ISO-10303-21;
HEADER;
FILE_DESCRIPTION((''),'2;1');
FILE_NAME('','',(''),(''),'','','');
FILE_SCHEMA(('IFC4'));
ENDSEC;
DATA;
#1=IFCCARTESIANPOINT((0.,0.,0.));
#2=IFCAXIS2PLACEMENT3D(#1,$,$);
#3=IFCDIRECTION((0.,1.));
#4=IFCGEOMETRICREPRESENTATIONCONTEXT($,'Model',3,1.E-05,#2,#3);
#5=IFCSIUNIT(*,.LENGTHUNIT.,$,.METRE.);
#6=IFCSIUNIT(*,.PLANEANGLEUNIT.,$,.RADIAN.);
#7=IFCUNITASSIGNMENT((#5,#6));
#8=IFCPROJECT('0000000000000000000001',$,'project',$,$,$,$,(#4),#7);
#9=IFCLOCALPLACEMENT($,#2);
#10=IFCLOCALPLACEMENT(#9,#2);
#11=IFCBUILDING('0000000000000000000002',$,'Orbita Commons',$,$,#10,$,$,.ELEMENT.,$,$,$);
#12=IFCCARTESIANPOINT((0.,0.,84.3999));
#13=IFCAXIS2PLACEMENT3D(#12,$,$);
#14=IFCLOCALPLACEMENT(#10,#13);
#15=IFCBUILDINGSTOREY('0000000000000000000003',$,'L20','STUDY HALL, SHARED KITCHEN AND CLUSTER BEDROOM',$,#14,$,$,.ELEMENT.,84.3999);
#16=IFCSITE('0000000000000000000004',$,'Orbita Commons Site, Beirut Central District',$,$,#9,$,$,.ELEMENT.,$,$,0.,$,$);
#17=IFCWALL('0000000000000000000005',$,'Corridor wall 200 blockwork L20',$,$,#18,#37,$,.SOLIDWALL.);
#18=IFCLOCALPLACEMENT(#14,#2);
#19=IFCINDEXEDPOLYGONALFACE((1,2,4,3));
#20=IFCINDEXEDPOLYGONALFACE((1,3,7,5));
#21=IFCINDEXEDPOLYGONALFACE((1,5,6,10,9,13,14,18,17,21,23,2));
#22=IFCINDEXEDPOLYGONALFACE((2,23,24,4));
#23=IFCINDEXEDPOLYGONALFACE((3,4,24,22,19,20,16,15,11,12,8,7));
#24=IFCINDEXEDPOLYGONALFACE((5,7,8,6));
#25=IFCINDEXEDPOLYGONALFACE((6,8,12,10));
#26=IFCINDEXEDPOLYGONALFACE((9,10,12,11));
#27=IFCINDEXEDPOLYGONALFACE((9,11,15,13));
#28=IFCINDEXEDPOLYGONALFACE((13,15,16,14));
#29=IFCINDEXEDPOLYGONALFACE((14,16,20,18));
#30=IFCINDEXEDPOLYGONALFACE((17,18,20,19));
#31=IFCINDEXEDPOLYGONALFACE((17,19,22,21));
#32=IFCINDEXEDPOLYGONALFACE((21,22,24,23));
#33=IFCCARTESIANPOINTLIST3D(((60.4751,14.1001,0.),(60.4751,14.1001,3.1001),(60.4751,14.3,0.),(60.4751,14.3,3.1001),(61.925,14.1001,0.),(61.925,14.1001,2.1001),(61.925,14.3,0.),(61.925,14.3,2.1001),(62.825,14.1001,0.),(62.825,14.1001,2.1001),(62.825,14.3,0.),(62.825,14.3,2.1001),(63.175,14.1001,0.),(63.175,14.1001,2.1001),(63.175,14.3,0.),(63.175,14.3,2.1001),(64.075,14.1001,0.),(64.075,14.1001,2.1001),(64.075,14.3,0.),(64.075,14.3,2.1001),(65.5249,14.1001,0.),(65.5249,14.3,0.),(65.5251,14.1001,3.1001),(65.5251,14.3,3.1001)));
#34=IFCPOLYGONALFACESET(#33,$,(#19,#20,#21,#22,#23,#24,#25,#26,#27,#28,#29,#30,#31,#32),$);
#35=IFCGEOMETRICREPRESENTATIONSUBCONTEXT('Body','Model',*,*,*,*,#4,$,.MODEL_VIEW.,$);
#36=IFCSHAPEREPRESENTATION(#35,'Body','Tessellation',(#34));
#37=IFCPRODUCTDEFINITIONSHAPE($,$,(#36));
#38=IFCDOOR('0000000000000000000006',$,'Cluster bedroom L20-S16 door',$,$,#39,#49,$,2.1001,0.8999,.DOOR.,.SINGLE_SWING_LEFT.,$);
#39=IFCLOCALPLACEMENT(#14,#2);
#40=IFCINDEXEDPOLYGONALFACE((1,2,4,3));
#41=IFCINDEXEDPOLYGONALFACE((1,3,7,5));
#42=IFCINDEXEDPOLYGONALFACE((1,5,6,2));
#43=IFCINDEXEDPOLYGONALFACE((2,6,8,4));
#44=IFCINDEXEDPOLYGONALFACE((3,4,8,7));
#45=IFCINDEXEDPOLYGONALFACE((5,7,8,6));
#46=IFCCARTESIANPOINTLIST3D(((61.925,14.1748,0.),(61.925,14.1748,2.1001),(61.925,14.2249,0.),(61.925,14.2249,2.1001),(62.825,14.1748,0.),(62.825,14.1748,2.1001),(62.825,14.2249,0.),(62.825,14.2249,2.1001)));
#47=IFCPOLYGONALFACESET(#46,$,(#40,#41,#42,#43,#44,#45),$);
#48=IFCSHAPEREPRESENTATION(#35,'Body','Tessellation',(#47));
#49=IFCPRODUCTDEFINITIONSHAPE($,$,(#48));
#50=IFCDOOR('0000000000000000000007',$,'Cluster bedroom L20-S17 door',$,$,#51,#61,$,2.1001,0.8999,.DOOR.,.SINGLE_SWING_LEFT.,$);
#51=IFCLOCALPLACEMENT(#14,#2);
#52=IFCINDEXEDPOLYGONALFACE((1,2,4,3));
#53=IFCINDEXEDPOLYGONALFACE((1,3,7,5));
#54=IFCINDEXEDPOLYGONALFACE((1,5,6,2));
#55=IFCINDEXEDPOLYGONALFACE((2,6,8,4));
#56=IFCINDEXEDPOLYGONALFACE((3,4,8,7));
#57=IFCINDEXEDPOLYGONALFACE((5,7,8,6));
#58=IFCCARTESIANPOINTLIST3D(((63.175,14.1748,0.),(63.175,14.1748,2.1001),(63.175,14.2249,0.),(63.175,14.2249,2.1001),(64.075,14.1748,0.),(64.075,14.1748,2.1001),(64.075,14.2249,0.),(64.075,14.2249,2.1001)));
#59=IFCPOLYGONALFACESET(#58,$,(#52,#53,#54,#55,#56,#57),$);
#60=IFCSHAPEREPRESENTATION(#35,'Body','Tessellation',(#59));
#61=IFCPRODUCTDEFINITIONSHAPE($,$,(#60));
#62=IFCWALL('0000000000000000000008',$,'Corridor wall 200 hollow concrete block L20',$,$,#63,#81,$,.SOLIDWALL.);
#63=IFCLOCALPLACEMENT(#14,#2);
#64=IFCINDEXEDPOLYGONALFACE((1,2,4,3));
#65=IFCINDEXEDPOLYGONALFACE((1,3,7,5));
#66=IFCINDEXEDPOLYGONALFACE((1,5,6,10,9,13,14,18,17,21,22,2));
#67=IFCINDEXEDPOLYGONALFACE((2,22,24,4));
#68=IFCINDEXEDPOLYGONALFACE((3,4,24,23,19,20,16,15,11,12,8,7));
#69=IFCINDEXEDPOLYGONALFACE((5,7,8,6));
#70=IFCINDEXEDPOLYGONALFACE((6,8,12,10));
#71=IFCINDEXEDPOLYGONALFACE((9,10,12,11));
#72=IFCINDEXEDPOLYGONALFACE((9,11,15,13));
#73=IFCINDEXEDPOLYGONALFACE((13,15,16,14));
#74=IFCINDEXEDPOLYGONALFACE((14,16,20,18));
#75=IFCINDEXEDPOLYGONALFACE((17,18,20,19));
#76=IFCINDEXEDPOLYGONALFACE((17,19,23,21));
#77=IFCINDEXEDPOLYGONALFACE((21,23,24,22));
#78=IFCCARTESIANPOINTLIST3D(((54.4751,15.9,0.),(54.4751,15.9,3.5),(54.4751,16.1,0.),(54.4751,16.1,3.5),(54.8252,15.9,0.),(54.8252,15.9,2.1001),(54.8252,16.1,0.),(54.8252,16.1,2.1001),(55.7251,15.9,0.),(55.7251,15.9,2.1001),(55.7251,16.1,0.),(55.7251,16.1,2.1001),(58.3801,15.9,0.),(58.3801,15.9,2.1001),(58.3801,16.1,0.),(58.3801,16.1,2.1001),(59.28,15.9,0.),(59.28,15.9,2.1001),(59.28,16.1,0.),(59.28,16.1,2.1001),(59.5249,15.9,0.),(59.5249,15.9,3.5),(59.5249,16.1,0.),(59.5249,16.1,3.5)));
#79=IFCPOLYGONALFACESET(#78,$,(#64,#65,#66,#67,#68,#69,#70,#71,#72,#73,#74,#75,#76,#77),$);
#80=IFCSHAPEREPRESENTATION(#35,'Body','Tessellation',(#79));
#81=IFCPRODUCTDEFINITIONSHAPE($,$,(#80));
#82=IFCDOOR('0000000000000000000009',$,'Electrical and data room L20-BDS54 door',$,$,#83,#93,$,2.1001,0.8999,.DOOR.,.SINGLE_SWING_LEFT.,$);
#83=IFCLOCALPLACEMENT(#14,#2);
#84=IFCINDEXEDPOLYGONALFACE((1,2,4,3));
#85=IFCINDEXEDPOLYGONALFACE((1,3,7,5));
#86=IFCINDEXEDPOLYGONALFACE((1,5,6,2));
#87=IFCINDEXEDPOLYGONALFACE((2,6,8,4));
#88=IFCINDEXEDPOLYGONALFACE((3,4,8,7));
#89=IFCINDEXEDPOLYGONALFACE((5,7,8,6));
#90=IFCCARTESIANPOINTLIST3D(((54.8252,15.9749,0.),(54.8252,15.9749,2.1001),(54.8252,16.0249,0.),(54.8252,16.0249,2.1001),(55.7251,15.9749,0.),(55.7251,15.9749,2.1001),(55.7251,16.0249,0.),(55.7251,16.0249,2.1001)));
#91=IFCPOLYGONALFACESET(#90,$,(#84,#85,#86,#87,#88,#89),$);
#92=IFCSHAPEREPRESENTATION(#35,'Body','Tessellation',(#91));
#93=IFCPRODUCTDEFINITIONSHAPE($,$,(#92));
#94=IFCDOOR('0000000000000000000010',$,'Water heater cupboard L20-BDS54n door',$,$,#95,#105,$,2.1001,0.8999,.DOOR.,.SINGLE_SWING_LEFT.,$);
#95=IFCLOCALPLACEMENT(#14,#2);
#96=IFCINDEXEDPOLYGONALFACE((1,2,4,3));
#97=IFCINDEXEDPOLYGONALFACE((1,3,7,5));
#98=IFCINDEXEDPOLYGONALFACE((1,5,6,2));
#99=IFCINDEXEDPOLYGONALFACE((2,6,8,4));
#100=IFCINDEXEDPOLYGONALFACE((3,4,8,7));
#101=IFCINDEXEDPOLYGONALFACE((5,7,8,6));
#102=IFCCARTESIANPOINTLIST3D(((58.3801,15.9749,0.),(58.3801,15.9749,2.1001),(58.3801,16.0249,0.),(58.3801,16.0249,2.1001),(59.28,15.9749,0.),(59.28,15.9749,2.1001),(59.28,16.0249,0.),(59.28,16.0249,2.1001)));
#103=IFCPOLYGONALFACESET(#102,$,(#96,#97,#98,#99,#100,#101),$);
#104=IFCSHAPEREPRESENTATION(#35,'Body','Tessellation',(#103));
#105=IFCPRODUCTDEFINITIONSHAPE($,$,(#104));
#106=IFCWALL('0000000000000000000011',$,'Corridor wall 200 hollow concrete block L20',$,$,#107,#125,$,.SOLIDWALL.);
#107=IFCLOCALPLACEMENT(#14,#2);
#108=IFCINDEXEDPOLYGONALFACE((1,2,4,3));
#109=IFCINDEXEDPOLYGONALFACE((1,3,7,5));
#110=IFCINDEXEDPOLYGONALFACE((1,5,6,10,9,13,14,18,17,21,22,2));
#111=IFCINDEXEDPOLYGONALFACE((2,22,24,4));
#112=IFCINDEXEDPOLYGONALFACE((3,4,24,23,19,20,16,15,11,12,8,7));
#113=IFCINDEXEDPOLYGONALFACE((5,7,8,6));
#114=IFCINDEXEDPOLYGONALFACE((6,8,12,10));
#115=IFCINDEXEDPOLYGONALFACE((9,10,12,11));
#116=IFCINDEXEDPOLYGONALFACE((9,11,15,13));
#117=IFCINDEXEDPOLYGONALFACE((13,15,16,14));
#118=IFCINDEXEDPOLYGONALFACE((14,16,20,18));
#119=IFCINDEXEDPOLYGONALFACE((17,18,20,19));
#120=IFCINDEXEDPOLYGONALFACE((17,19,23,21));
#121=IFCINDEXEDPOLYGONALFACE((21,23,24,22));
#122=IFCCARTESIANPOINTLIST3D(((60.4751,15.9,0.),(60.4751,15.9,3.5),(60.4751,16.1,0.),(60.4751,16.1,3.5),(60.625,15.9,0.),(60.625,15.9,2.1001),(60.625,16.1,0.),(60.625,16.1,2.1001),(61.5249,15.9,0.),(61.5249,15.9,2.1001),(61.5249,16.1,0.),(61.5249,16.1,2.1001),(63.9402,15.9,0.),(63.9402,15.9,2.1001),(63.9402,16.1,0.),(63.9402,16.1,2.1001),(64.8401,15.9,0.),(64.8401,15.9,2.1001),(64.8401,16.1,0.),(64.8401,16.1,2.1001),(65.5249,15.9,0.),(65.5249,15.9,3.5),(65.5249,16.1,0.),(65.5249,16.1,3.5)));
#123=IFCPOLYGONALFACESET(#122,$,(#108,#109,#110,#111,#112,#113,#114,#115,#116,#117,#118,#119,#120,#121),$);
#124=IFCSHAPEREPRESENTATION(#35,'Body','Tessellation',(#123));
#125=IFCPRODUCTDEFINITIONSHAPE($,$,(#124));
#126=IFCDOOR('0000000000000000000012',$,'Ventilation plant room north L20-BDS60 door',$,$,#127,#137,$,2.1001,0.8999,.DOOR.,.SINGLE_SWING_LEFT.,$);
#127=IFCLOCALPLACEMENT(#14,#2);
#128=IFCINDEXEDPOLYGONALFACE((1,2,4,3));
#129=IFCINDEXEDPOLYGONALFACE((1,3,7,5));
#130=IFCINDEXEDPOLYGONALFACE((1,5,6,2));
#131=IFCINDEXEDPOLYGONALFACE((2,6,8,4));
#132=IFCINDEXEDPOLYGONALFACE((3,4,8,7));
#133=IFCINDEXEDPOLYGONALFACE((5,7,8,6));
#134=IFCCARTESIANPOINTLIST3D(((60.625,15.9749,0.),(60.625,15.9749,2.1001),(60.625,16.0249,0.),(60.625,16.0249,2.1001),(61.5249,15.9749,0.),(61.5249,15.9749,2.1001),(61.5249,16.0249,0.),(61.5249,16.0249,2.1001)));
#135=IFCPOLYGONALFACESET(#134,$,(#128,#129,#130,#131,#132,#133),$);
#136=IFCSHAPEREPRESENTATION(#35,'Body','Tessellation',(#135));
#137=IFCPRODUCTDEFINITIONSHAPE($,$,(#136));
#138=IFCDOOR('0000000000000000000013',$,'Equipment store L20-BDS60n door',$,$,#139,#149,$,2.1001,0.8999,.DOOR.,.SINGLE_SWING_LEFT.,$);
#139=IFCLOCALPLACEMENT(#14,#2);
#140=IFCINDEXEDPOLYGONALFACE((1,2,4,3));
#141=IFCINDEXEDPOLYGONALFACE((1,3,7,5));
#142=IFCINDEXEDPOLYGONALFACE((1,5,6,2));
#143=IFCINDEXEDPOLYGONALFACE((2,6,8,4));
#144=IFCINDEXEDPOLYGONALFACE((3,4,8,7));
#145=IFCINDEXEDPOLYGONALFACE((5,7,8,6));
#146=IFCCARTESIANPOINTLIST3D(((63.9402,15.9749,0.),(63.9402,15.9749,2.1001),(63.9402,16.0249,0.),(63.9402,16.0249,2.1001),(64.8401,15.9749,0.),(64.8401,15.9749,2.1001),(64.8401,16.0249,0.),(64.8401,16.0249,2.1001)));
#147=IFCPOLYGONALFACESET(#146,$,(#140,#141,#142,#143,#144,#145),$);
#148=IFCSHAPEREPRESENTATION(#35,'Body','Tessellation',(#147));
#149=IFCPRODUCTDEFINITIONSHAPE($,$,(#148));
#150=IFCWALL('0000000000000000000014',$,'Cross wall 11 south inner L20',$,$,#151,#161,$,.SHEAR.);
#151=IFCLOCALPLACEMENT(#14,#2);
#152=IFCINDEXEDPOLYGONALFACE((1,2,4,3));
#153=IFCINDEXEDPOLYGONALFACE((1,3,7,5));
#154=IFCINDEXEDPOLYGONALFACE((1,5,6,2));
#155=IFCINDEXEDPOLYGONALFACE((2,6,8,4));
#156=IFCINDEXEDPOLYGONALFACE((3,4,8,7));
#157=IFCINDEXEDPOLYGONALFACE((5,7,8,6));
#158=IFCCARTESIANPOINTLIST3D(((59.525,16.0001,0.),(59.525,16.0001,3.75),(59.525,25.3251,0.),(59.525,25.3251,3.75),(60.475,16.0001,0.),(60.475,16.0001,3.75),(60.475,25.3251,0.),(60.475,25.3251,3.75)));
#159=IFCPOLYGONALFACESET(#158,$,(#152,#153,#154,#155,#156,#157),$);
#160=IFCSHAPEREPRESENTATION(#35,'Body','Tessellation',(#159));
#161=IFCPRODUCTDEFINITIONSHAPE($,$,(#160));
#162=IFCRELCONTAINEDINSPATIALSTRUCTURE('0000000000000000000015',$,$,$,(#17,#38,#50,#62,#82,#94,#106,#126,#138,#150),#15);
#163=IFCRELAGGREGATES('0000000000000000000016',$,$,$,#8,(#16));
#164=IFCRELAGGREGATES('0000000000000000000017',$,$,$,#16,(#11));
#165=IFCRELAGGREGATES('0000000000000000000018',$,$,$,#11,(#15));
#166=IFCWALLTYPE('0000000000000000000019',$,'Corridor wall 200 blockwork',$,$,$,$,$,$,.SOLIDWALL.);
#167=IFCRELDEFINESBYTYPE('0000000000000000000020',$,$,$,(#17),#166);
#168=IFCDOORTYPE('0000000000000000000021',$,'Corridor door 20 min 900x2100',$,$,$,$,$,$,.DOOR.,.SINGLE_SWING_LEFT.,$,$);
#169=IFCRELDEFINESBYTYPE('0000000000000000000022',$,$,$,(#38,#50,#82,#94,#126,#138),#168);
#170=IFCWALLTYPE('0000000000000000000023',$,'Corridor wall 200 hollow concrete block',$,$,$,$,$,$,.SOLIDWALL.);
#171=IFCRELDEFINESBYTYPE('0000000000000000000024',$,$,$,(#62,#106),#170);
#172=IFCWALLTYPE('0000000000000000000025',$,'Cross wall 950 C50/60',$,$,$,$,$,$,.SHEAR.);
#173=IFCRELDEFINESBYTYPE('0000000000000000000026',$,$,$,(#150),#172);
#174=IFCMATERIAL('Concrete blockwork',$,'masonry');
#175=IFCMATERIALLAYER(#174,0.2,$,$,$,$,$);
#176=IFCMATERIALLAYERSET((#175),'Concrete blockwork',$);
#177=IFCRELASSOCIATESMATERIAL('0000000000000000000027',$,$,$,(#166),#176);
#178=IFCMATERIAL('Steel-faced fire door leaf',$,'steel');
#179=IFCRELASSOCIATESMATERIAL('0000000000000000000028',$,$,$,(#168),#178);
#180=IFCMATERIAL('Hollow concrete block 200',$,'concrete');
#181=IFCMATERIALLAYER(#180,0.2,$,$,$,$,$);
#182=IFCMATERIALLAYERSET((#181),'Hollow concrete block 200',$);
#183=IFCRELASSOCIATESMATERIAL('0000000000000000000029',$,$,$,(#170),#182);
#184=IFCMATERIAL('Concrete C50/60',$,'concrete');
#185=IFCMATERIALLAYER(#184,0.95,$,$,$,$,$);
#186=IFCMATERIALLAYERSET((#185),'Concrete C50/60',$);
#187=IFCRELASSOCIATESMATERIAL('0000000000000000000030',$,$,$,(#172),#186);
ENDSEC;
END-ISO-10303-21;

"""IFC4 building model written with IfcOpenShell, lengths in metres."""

from ifc_helpers import new_model, si_unit, direction, frame, frame_2d, origin, place, context, subcontext, project, spatial, polyline, rectangle, outline, extrude, material, layer, layer_set, type_object, element, fill, save


model = new_model("IFC4")

# Units and contexts
model_context = context("Model", 3, precision=1e-05, world=origin(), true_north=direction((0.0, 1.0)))
body_context = subcontext(model_context, "Body", "Model", "MODEL_VIEW")
ifc_project = project(units=[si_unit("LENGTHUNIT", "METRE"), si_unit("PLANEANGLEUNIT", "RADIAN")], contexts=[model_context])

# Site, building, storey
site_placement = place(None, origin())
site = spatial("IfcSite", under=ifc_project, at=site_placement, Name="Orbita Commons Site, Beirut Central District", CompositionType="ELEMENT", RefElevation=0.0)
building_placement = place(site_placement, origin())
building = spatial("IfcBuilding", under=site, at=building_placement, Name="Orbita Commons", CompositionType="ELEMENT")
storey_placement = place(building_placement, frame((0.0, 0.0, 84.3999)))
storey = spatial("IfcBuildingStorey", under=building, at=storey_placement, Name="L20", Description="STUDY HALL, SHARED KITCHEN AND CLUSTER BEDROOM", CompositionType="ELEMENT", Elevation=84.3999)

# Walls, openings, doors
ifc_material_1 = material(Name="Concrete blockwork", Category="masonry")
ifc_layer_1 = layer(ifc_material_1, 0.2)
ifc_layer_set_1 = layer_set([ifc_layer_1], Name="Concrete blockwork")
wall_type_1 = type_object("IfcWallType", Name="Corridor wall 200 blockwork", PredefinedType="SOLIDWALL", material=ifc_layer_set_1)
ifc_material_2 = material(Name="Steel-faced fire door leaf", Category="steel")
door_type_1 = type_object("IfcDoorType", Name="Corridor door 20 min 900x2100", OperationType="SINGLE_SWING_LEFT", PredefinedType="DOOR", material=ifc_material_2)
wall_1_placement = place(storey_placement, frame((60.4751, 14.2, 0.0), z_axis=(0.0, 0.0, 1.0), x_axis=(1.0, 0.0, 0.0)))
wall_1 = element("IfcWall", 1, at=wall_1_placement, inside=storey, type_object=wall_type_1, Name="Corridor wall 200 blockwork L20", PredefinedType="SOLIDWALL", context=body_context, shape_type="SweptSolid", body=[
    extrude(outline(polyline([(0.0, 0.0), (5.0498, 0.0), (5.05, 3.1001), (0.0, 3.1001), (0.0, 0.0)])), frame((0.0, 0.1001, 0.0), z_axis=(0.0, -1.0, 0.0), x_axis=(1.0, 0.0, 0.0)), (0.0, 0.0, 1.0), 0.2),
])
opening_1_placement = place(wall_1_placement, frame((1.45, 0.0, 0.0)))
opening_1 = element("IfcOpeningElement", 2, at=opening_1_placement, cuts=wall_1, PredefinedType="OPENING", context=body_context, shape_type="SweptSolid", body=[
    extrude(rectangle(XDim=0.8999, YDim=2.1001, at=frame_2d((0.45, 1.05))), frame((0.0, 0.1099, 0.0), z_axis=(0.0, -1.0, 0.0), x_axis=(1.0, 0.0, 0.0)), (0.0, 0.0, 1.0), 0.22),
])
opening_2_placement = place(wall_1_placement, frame((2.7, 0.0, 0.0)))
opening_2 = element("IfcOpeningElement", 3, at=opening_2_placement, cuts=wall_1, PredefinedType="OPENING", context=body_context, shape_type="SweptSolid", body=[
    extrude(rectangle(XDim=0.8999, YDim=2.1001, at=frame_2d((0.45, 1.05))), frame((0.0, 0.1099, 0.0), z_axis=(0.0, -1.0, 0.0), x_axis=(1.0, 0.0, 0.0)), (0.0, 0.0, 1.0), 0.22),
])
door_1_placement = place(opening_1_placement, origin())
door_1 = element("IfcDoor", 4, at=door_1_placement, inside=storey, type_object=door_type_1, Name="Cluster bedroom L20-S16 door", OperationType="SINGLE_SWING_LEFT", OverallHeight=2.1001, OverallWidth=0.8999, PredefinedType="DOOR", context=body_context, shape_type="SweptSolid", body=[
    extrude(rectangle(XDim=0.8999, YDim=2.1001, at=frame_2d((0.45, 1.05))), frame((0.0, 0.0249, 0.0), z_axis=(0.0, -1.0, 0.0), x_axis=(1.0, 0.0, 0.0)), (0.0, 0.0, 1.0), 0.05),
])
fill(opening_1, door_1)
door_2_placement = place(opening_2_placement, origin())
door_2 = element("IfcDoor", 5, at=door_2_placement, inside=storey, type_object=door_type_1, Name="Cluster bedroom L20-S17 door", OperationType="SINGLE_SWING_LEFT", OverallHeight=2.1001, OverallWidth=0.8999, PredefinedType="DOOR", context=body_context, shape_type="SweptSolid", body=[
    extrude(rectangle(XDim=0.8999, YDim=2.1001, at=frame_2d((0.45, 1.05))), frame((0.0, 0.0249, 0.0), z_axis=(0.0, -1.0, 0.0), x_axis=(1.0, 0.0, 0.0)), (0.0, 0.0, 1.0), 0.05),
])
fill(opening_2, door_2)
ifc_material_3 = material(Name="Hollow concrete block 200", Category="concrete")
ifc_layer_2 = layer(ifc_material_3, 0.2)
ifc_layer_set_2 = layer_set([ifc_layer_2], Name="Hollow concrete block 200")
wall_type_2 = type_object("IfcWallType", Name="Corridor wall 200 hollow concrete block", PredefinedType="SOLIDWALL", material=ifc_layer_set_2)
wall_2_placement = place(storey_placement, frame((54.4751, 16.0, 0.0), z_axis=(0.0, 0.0, 1.0), x_axis=(1.0, 0.0, 0.0)))
wall_2 = element("IfcWall", 6, at=wall_2_placement, inside=storey, type_object=wall_type_2, Name="Corridor wall 200 hollow concrete block L20", PredefinedType="SOLIDWALL", context=body_context, shape_type="SweptSolid", body=[
    extrude(rectangle(XDim=5.0498, YDim=0.2, at=frame_2d((2.5249, 0.0))), origin(), (0.0, 0.0, 1.0), 3.5),
])
opening_3_placement = place(wall_2_placement, frame((0.3501, 0.0, 0.0)))
opening_3 = element("IfcOpeningElement", 7, at=opening_3_placement, cuts=wall_2, PredefinedType="OPENING", context=body_context, shape_type="SweptSolid", body=[
    extrude(rectangle(XDim=0.8999, YDim=2.1001, at=frame_2d((0.45, 1.05))), frame((0.0, 0.1099, 0.0), z_axis=(0.0, -1.0, 0.0), x_axis=(1.0, 0.0, 0.0)), (0.0, 0.0, 1.0), 0.22),
])
opening_4_placement = place(wall_2_placement, frame((3.905, 0.0, 0.0)))
opening_4 = element("IfcOpeningElement", 8, at=opening_4_placement, cuts=wall_2, PredefinedType="OPENING", context=body_context, shape_type="SweptSolid", body=[
    extrude(rectangle(XDim=0.8999, YDim=2.1001, at=frame_2d((0.45, 1.05))), frame((0.0, 0.1099, 0.0), z_axis=(0.0, -1.0, 0.0), x_axis=(1.0, 0.0, 0.0)), (0.0, 0.0, 1.0), 0.22),
])
door_3_placement = place(opening_3_placement, origin())
door_3 = element("IfcDoor", 9, at=door_3_placement, inside=storey, type_object=door_type_1, Name="Electrical and data room L20-BDS54 door", OperationType="SINGLE_SWING_LEFT", OverallHeight=2.1001, OverallWidth=0.8999, PredefinedType="DOOR", context=body_context, shape_type="SweptSolid", body=[
    extrude(rectangle(XDim=0.8999, YDim=2.1001, at=frame_2d((0.45, 1.05))), frame((0.0, 0.0249, 0.0), z_axis=(0.0, -1.0, 0.0), x_axis=(1.0, 0.0, 0.0)), (0.0, 0.0, 1.0), 0.05),
])
fill(opening_3, door_3)
door_4_placement = place(opening_4_placement, origin())
door_4 = element("IfcDoor", 10, at=door_4_placement, inside=storey, type_object=door_type_1, Name="Water heater cupboard L20-BDS54n door", OperationType="SINGLE_SWING_LEFT", OverallHeight=2.1001, OverallWidth=0.8999, PredefinedType="DOOR", context=body_context, shape_type="SweptSolid", body=[
    extrude(rectangle(XDim=0.8999, YDim=2.1001, at=frame_2d((0.45, 1.05))), frame((0.0, 0.0249, 0.0), z_axis=(0.0, -1.0, 0.0), x_axis=(1.0, 0.0, 0.0)), (0.0, 0.0, 1.0), 0.05),
])
fill(opening_4, door_4)
wall_3_placement = place(storey_placement, frame((60.4751, 16.0, 0.0), z_axis=(0.0, 0.0, 1.0), x_axis=(1.0, 0.0, 0.0)))
wall_3 = element("IfcWall", 11, at=wall_3_placement, inside=storey, type_object=wall_type_2, Name="Corridor wall 200 hollow concrete block L20", PredefinedType="SOLIDWALL", context=body_context, shape_type="SweptSolid", body=[
    extrude(rectangle(XDim=5.0498, YDim=0.2, at=frame_2d((2.5249, 0.0))), origin(), (0.0, 0.0, 1.0), 3.5),
])
opening_5_placement = place(wall_3_placement, frame((0.1499, 0.0, 0.0)))
opening_5 = element("IfcOpeningElement", 12, at=opening_5_placement, cuts=wall_3, PredefinedType="OPENING", context=body_context, shape_type="SweptSolid", body=[
    extrude(rectangle(XDim=0.8999, YDim=2.1001, at=frame_2d((0.45, 1.05))), frame((0.0, 0.1099, 0.0), z_axis=(0.0, -1.0, 0.0), x_axis=(1.0, 0.0, 0.0)), (0.0, 0.0, 1.0), 0.22),
])
opening_6_placement = place(wall_3_placement, frame((3.4651, 0.0, 0.0)))
opening_6 = element("IfcOpeningElement", 13, at=opening_6_placement, cuts=wall_3, PredefinedType="OPENING", context=body_context, shape_type="SweptSolid", body=[
    extrude(rectangle(XDim=0.8999, YDim=2.1001, at=frame_2d((0.45, 1.05))), frame((0.0, 0.1099, 0.0), z_axis=(0.0, -1.0, 0.0), x_axis=(1.0, 0.0, 0.0)), (0.0, 0.0, 1.0), 0.22),
])
door_5_placement = place(opening_5_placement, origin())
door_5 = element("IfcDoor", 14, at=door_5_placement, inside=storey, type_object=door_type_1, Name="Ventilation plant room north L20-BDS60 door", OperationType="SINGLE_SWING_LEFT", OverallHeight=2.1001, OverallWidth=0.8999, PredefinedType="DOOR", context=body_context, shape_type="SweptSolid", body=[
    extrude(rectangle(XDim=0.8999, YDim=2.1001, at=frame_2d((0.45, 1.05))), frame((0.0, 0.0249, 0.0), z_axis=(0.0, -1.0, 0.0), x_axis=(1.0, 0.0, 0.0)), (0.0, 0.0, 1.0), 0.05),
])
fill(opening_5, door_5)
door_6_placement = place(opening_6_placement, origin())
door_6 = element("IfcDoor", 15, at=door_6_placement, inside=storey, type_object=door_type_1, Name="Equipment store L20-BDS60n door", OperationType="SINGLE_SWING_LEFT", OverallHeight=2.1001, OverallWidth=0.8999, PredefinedType="DOOR", context=body_context, shape_type="SweptSolid", body=[
    extrude(rectangle(XDim=0.8999, YDim=2.1001, at=frame_2d((0.45, 1.05))), frame((0.0, 0.0249, 0.0), z_axis=(0.0, -1.0, 0.0), x_axis=(1.0, 0.0, 0.0)), (0.0, 0.0, 1.0), 0.05),
])
fill(opening_6, door_6)

# Wall
ifc_material_4 = material(Name="Concrete C50/60", Category="concrete")
ifc_layer_3 = layer(ifc_material_4, 0.95)
ifc_layer_set_3 = layer_set([ifc_layer_3], Name="Concrete C50/60")
wall_type_3 = type_object("IfcWallType", Name="Cross wall 950 C50/60", PredefinedType="SHEAR", material=ifc_layer_set_3)
wall_4_placement = place(storey_placement, frame((60.0, 16.0, 0.0), z_axis=(0.0, 0.0, 1.0), x_axis=(0.0, 1.0, 0.0)))
element("IfcWall", 16, at=wall_4_placement, inside=storey, type_object=wall_type_3, Name="Cross wall 11 south inner L20", PredefinedType="SHEAR", context=body_context, shape_type="SweptSolid", body=[
    extrude(rectangle(XDim=9.325, YDim=0.95, at=frame_2d((4.6626, 0.0))), origin(), (0.0, 0.0, 1.0), 3.75),
])

save(model, "model.ifc")
